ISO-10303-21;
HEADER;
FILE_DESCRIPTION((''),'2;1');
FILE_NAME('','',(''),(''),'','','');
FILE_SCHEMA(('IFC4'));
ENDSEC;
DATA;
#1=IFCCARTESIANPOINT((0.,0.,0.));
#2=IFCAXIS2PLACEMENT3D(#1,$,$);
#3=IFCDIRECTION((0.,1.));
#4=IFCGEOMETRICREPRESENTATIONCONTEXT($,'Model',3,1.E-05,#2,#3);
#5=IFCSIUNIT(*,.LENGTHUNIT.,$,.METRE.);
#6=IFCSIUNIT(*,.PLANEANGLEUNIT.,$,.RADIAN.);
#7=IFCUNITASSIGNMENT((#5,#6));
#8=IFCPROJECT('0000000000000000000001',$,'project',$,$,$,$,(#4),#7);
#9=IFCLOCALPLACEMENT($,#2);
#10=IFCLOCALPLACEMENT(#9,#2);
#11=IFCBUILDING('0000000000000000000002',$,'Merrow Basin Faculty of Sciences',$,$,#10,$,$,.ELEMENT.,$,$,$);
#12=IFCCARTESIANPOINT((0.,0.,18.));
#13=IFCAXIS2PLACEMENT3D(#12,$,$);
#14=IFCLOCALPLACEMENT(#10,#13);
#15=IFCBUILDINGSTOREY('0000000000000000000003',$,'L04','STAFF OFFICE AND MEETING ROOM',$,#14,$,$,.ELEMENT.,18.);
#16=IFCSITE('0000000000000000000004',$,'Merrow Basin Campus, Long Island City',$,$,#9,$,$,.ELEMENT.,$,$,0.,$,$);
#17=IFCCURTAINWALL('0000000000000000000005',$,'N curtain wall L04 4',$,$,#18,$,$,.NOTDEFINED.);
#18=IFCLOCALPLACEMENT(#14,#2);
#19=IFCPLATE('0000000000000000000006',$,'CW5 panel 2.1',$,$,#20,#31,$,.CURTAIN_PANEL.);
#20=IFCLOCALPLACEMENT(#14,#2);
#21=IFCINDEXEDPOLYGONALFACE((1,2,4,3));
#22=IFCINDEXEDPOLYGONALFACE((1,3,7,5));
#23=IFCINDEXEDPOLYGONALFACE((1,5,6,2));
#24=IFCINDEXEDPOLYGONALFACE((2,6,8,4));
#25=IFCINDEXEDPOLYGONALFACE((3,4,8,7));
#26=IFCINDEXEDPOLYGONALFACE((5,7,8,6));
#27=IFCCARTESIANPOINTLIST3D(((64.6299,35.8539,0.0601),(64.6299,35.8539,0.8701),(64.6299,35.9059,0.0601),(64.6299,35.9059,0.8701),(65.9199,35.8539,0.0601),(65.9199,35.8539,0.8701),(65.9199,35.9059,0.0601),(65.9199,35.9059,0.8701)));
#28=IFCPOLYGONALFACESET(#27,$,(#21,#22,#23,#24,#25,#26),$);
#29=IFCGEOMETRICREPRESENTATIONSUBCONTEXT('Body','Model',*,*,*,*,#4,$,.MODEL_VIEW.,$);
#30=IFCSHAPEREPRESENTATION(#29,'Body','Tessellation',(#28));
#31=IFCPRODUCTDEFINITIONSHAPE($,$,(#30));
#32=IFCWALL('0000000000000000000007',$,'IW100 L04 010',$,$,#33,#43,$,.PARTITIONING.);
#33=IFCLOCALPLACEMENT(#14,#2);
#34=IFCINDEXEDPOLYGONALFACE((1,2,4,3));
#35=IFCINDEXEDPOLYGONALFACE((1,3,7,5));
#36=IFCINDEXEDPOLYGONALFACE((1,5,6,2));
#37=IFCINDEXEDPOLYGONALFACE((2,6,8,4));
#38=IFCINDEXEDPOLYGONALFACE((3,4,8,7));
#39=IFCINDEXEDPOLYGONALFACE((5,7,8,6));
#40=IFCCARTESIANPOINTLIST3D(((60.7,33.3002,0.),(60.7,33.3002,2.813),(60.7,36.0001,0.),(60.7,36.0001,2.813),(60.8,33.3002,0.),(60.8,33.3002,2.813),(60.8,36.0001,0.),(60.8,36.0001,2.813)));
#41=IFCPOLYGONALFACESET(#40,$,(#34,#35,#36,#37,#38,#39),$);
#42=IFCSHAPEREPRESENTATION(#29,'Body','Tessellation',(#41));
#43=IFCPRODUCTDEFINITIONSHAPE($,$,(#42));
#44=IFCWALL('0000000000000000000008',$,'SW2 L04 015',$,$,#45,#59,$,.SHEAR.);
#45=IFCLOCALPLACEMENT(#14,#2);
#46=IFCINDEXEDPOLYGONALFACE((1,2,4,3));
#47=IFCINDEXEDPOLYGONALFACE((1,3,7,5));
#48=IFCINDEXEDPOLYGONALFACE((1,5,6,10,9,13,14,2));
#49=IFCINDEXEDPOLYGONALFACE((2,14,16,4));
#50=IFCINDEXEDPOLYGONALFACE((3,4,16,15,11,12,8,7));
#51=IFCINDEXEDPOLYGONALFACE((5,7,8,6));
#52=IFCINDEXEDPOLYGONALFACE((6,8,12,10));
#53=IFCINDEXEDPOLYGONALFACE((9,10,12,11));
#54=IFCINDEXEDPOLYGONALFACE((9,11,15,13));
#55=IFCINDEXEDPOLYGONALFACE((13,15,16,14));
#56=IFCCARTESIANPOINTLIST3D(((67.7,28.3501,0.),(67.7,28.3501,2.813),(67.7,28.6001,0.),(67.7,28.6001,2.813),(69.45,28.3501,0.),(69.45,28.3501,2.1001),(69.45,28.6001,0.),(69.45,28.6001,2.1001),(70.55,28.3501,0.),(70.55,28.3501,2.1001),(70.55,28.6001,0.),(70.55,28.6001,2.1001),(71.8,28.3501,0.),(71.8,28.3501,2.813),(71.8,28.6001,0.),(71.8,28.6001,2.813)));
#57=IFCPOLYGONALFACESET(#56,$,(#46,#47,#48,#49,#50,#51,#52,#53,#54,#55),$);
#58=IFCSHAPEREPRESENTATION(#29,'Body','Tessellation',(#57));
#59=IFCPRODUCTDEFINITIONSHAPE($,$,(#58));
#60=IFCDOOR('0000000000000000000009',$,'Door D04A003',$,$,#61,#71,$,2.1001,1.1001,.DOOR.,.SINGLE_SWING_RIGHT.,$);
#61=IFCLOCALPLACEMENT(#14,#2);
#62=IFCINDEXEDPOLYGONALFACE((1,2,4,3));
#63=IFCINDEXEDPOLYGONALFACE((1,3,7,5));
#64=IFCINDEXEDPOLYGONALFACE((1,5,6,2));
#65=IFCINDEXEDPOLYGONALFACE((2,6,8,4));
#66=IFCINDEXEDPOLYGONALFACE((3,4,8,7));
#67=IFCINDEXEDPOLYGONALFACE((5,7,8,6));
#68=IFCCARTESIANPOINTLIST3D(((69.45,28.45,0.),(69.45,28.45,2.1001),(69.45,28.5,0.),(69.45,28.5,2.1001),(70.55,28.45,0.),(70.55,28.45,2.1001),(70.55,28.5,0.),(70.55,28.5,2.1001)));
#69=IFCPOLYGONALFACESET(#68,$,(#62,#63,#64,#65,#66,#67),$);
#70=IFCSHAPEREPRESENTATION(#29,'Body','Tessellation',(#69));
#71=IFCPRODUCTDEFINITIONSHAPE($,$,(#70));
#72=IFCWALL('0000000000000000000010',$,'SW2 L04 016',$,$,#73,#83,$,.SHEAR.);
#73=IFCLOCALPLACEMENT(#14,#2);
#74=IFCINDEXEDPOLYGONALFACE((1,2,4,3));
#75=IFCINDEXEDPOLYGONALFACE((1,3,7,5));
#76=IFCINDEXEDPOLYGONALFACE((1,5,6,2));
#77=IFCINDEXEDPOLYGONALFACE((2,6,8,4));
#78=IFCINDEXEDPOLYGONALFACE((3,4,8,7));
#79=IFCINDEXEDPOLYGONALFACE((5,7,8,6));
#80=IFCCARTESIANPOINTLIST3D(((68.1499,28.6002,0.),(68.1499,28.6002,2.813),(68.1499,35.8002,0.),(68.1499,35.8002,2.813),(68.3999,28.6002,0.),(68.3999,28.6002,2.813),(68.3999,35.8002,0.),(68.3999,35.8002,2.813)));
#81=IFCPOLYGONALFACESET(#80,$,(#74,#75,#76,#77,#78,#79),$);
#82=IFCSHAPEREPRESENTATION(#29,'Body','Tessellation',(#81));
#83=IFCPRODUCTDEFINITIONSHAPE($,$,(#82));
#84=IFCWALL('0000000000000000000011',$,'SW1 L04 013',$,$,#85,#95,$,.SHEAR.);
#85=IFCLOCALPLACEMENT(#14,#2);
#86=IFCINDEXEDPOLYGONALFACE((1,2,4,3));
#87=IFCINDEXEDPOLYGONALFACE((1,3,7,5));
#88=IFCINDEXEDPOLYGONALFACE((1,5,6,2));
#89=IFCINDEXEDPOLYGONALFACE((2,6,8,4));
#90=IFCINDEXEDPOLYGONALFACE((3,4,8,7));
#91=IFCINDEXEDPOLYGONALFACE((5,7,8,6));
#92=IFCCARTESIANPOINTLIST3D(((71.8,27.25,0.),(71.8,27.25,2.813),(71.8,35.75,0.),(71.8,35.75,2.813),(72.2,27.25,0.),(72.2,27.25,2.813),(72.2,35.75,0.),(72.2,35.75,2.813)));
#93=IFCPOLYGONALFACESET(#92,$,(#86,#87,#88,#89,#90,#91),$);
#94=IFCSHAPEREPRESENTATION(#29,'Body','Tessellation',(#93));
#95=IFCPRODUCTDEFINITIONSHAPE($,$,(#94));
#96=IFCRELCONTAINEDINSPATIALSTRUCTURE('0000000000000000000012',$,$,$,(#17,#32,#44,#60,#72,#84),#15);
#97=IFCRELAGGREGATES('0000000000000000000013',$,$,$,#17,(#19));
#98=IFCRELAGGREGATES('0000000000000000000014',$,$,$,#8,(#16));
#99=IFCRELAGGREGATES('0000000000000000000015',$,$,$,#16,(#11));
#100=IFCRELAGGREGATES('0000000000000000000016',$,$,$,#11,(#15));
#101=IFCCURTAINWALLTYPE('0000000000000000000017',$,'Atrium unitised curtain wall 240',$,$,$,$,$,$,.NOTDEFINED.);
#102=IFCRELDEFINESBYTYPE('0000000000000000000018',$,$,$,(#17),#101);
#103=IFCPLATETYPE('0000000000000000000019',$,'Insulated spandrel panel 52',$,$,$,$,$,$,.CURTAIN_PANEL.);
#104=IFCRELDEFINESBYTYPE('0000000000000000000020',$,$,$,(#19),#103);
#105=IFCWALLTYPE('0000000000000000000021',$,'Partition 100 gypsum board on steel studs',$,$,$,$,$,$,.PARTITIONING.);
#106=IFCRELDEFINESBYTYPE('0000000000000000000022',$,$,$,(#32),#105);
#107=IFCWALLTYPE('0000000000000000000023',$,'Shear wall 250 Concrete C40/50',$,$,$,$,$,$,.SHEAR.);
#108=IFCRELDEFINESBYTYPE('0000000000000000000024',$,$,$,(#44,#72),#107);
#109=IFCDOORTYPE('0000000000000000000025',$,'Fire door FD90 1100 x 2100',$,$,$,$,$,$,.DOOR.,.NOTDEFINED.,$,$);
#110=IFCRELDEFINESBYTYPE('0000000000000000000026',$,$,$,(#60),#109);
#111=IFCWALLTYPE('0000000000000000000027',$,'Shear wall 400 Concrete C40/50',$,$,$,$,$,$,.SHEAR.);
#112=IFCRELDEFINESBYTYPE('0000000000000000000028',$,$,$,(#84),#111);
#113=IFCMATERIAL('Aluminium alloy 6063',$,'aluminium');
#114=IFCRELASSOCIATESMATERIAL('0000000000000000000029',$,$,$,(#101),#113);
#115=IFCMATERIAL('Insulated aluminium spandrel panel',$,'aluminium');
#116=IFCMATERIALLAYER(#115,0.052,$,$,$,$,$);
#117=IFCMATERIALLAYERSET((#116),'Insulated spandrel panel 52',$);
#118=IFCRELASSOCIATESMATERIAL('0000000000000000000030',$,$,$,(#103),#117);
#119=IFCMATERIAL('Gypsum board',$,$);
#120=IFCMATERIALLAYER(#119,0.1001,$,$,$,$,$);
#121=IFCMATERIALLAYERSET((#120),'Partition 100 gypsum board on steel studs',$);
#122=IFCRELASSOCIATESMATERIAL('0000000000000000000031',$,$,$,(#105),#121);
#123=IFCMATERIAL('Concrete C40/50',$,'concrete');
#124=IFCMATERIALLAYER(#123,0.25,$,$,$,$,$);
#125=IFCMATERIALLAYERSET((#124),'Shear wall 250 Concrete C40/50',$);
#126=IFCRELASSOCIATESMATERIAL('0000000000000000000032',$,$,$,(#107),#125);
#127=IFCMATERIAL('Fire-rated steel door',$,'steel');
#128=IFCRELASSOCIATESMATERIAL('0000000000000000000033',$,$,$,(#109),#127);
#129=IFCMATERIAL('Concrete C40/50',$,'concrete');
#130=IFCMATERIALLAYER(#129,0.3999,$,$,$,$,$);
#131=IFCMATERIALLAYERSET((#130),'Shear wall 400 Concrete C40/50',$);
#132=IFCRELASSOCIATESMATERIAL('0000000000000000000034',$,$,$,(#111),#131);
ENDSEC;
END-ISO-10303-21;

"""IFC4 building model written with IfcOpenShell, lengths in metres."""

from ifc_helpers import new_model, si_unit, direction, frame, frame_2d, origin, origin_2d, place, context, subcontext, project, spatial, rectangle, extrude, material, layer, layer_set, type_object, element, fill, aggregate, save


model = new_model("IFC4")

# Units and contexts
model_context = context("Model", 3, precision=1e-05, world=origin(), true_north=direction((0.0, 1.0)))
body_context = subcontext(model_context, "Body", "Model", "MODEL_VIEW")
ifc_project = project(units=[si_unit("LENGTHUNIT", "METRE"), si_unit("PLANEANGLEUNIT", "RADIAN")], contexts=[model_context])

# Site, building, storey
site_placement = place(None, origin())
site = spatial("IfcSite", under=ifc_project, at=site_placement, Name="Merrow Basin Campus, Long Island City", CompositionType="ELEMENT", RefElevation=0.0)
building_placement = place(site_placement, origin())
building = spatial("IfcBuilding", under=site, at=building_placement, Name="Merrow Basin Faculty of Sciences", CompositionType="ELEMENT")
storey_placement = place(building_placement, frame((0.0, 0.0, 18.0)))
storey = spatial("IfcBuildingStorey", under=building, at=storey_placement, Name="L04", Description="STAFF OFFICE AND MEETING ROOM", CompositionType="ELEMENT", Elevation=18.0)

# Curtain wall
ifc_material_1 = material(Name="Aluminium alloy 6063", Category="aluminium")
curtain_wall_type = type_object("IfcCurtainWallType", Name="Atrium unitised curtain wall 240", PredefinedType="NOTDEFINED", material=ifc_material_1)
curtain_wall_1_placement = place(storey_placement, origin())
curtain_wall_1 = element("IfcCurtainWall", 1, at=curtain_wall_1_placement, inside=storey, type_object=curtain_wall_type, Name="N curtain wall L04 4", PredefinedType="NOTDEFINED")

# Plate
ifc_material_2 = material(Name="Insulated aluminium spandrel panel", Category="aluminium")
ifc_layer_1 = layer(ifc_material_2, 0.052)
ifc_layer_set_1 = layer_set([ifc_layer_1], Name="Insulated spandrel panel 52")
plate_type_1 = type_object("IfcPlateType", Name="Insulated spandrel panel 52", PredefinedType="CURTAIN_PANEL", material=ifc_layer_set_1)
plate_1_placement = place(storey_placement, frame((65.2749, 35.8799, 0.0601), z_axis=(0.0, 0.0, 1.0), x_axis=(1.0, 0.0, 0.0)))
plate_1 = element("IfcPlate", 2, at=plate_1_placement, type_object=plate_type_1, Name="CW5 panel 2.1", PredefinedType="CURTAIN_PANEL", context=body_context, shape_type="SweptSolid", body=[
    extrude(rectangle(XDim=1.29, YDim=0.052, at=origin_2d()), origin(), (0.0, 0.0, 1.0), 0.8101),
])
aggregate(curtain_wall_1, [plate_1])

# Wall
ifc_material_3 = material(Name="Gypsum board")
ifc_layer_2 = layer(ifc_material_3, 0.1001)
ifc_layer_set_2 = layer_set([ifc_layer_2], Name="Partition 100 gypsum board on steel studs")
wall_type_1 = type_object("IfcWallType", Name="Partition 100 gypsum board on steel studs", PredefinedType="PARTITIONING", material=ifc_layer_set_2)
wall_1_placement = place(storey_placement, frame((60.75, 33.3, 0.0), z_axis=(0.0, 0.0, 1.0), x_axis=(0.0, 1.0, 0.0)))
element("IfcWall", 3, at=wall_1_placement, inside=storey, type_object=wall_type_1, Name="IW100 L04 010", PredefinedType="PARTITIONING", context=body_context, shape_type="SweptSolid", body=[
    extrude(rectangle(XDim=2.7, YDim=0.1001, at=frame_2d((1.3501, 0.0))), origin(), (0.0, 0.0, 1.0), 2.813),
])

# Wall, opening, door
ifc_material_4 = material(Name="Concrete C40/50", Category="concrete")
ifc_layer_3 = layer(ifc_material_4, 0.25)
ifc_layer_set_3 = layer_set([ifc_layer_3], Name="Shear wall 250 Concrete C40/50")
wall_type_2 = type_object("IfcWallType", Name="Shear wall 250 Concrete C40/50", PredefinedType="SHEAR", material=ifc_layer_set_3)
wall_2_placement = place(storey_placement, frame((67.7, 28.4751, 0.0), z_axis=(0.0, 0.0, 1.0), x_axis=(1.0, 0.0, 0.0)))
wall_2 = element("IfcWall", 4, at=wall_2_placement, inside=storey, type_object=wall_type_2, Name="SW2 L04 015", PredefinedType="SHEAR", context=body_context, shape_type="SweptSolid", body=[
    extrude(rectangle(XDim=4.1001, YDim=0.25, at=frame_2d((2.05, 0.0))), origin(), (0.0, 0.0, 1.0), 2.813),
])
opening_placement = place(wall_2_placement, frame((1.75, 0.0, 0.0)))
opening = element("IfcOpeningElement", 5, at=opening_placement, cuts=wall_2, PredefinedType="OPENING", context=body_context, shape_type="SweptSolid", body=[
    extrude(rectangle(XDim=1.1001, YDim=2.1001, at=frame_2d((0.55, 1.05))), frame((0.0, 0.135, 0.0), z_axis=(0.0, -1.0, 0.0), x_axis=(1.0, 0.0, 0.0)), (0.0, 0.0, 1.0), 0.27),
])
ifc_material_5 = material(Name="Fire-rated steel door", Category="steel")
door_type = type_object("IfcDoorType", Name="Fire door FD90 1100 x 2100", OperationType="NOTDEFINED", PredefinedType="DOOR", material=ifc_material_5)
door_placement = place(opening_placement, origin())
door = element("IfcDoor", 6, at=door_placement, inside=storey, type_object=door_type, Name="Door D04A003", OperationType="SINGLE_SWING_RIGHT", OverallHeight=2.1001, OverallWidth=1.1001, PredefinedType="DOOR", context=body_context, shape_type="SweptSolid", body=[
    extrude(rectangle(XDim=1.1001, YDim=2.1001, at=frame_2d((0.55, 1.05))), frame((0.0, 0.0249, 0.0), z_axis=(0.0, -1.0, 0.0), x_axis=(1.0, 0.0, 0.0)), (0.0, 0.0, 1.0), 0.05),
])
fill(opening, door)

# Walls
wall_3_placement = place(storey_placement, frame((68.2749, 28.6001, 0.0), z_axis=(0.0, 0.0, 1.0), x_axis=(0.0, 1.0, 0.0)))
element("IfcWall", 7, at=wall_3_placement, inside=storey, type_object=wall_type_2, Name="SW2 L04 016", PredefinedType="SHEAR", context=body_context, shape_type="SweptSolid", body=[
    extrude(rectangle(XDim=7.2, YDim=0.25, at=frame_2d((3.6001, 0.0))), origin(), (0.0, 0.0, 1.0), 2.813),
])
ifc_material_6 = material(Name="Concrete C40/50", Category="concrete")
ifc_layer_4 = layer(ifc_material_6, 0.3999)
ifc_layer_set_4 = layer_set([ifc_layer_4], Name="Shear wall 400 Concrete C40/50")
wall_type_3 = type_object("IfcWallType", Name="Shear wall 400 Concrete C40/50", PredefinedType="SHEAR", material=ifc_layer_set_4)
wall_4_placement = place(storey_placement, frame((72.0, 27.25, 0.0), z_axis=(0.0, 0.0, 1.0), x_axis=(0.0, 1.0, 0.0)))
element("IfcWall", 8, at=wall_4_placement, inside=storey, type_object=wall_type_3, Name="SW1 L04 013", PredefinedType="SHEAR", context=body_context, shape_type="SweptSolid", body=[
    extrude(rectangle(XDim=8.5, YDim=0.3999, at=frame_2d((4.25, 0.0))), origin(), (0.0, 0.0, 1.0), 2.813),
])

save(model, "model.ifc")
